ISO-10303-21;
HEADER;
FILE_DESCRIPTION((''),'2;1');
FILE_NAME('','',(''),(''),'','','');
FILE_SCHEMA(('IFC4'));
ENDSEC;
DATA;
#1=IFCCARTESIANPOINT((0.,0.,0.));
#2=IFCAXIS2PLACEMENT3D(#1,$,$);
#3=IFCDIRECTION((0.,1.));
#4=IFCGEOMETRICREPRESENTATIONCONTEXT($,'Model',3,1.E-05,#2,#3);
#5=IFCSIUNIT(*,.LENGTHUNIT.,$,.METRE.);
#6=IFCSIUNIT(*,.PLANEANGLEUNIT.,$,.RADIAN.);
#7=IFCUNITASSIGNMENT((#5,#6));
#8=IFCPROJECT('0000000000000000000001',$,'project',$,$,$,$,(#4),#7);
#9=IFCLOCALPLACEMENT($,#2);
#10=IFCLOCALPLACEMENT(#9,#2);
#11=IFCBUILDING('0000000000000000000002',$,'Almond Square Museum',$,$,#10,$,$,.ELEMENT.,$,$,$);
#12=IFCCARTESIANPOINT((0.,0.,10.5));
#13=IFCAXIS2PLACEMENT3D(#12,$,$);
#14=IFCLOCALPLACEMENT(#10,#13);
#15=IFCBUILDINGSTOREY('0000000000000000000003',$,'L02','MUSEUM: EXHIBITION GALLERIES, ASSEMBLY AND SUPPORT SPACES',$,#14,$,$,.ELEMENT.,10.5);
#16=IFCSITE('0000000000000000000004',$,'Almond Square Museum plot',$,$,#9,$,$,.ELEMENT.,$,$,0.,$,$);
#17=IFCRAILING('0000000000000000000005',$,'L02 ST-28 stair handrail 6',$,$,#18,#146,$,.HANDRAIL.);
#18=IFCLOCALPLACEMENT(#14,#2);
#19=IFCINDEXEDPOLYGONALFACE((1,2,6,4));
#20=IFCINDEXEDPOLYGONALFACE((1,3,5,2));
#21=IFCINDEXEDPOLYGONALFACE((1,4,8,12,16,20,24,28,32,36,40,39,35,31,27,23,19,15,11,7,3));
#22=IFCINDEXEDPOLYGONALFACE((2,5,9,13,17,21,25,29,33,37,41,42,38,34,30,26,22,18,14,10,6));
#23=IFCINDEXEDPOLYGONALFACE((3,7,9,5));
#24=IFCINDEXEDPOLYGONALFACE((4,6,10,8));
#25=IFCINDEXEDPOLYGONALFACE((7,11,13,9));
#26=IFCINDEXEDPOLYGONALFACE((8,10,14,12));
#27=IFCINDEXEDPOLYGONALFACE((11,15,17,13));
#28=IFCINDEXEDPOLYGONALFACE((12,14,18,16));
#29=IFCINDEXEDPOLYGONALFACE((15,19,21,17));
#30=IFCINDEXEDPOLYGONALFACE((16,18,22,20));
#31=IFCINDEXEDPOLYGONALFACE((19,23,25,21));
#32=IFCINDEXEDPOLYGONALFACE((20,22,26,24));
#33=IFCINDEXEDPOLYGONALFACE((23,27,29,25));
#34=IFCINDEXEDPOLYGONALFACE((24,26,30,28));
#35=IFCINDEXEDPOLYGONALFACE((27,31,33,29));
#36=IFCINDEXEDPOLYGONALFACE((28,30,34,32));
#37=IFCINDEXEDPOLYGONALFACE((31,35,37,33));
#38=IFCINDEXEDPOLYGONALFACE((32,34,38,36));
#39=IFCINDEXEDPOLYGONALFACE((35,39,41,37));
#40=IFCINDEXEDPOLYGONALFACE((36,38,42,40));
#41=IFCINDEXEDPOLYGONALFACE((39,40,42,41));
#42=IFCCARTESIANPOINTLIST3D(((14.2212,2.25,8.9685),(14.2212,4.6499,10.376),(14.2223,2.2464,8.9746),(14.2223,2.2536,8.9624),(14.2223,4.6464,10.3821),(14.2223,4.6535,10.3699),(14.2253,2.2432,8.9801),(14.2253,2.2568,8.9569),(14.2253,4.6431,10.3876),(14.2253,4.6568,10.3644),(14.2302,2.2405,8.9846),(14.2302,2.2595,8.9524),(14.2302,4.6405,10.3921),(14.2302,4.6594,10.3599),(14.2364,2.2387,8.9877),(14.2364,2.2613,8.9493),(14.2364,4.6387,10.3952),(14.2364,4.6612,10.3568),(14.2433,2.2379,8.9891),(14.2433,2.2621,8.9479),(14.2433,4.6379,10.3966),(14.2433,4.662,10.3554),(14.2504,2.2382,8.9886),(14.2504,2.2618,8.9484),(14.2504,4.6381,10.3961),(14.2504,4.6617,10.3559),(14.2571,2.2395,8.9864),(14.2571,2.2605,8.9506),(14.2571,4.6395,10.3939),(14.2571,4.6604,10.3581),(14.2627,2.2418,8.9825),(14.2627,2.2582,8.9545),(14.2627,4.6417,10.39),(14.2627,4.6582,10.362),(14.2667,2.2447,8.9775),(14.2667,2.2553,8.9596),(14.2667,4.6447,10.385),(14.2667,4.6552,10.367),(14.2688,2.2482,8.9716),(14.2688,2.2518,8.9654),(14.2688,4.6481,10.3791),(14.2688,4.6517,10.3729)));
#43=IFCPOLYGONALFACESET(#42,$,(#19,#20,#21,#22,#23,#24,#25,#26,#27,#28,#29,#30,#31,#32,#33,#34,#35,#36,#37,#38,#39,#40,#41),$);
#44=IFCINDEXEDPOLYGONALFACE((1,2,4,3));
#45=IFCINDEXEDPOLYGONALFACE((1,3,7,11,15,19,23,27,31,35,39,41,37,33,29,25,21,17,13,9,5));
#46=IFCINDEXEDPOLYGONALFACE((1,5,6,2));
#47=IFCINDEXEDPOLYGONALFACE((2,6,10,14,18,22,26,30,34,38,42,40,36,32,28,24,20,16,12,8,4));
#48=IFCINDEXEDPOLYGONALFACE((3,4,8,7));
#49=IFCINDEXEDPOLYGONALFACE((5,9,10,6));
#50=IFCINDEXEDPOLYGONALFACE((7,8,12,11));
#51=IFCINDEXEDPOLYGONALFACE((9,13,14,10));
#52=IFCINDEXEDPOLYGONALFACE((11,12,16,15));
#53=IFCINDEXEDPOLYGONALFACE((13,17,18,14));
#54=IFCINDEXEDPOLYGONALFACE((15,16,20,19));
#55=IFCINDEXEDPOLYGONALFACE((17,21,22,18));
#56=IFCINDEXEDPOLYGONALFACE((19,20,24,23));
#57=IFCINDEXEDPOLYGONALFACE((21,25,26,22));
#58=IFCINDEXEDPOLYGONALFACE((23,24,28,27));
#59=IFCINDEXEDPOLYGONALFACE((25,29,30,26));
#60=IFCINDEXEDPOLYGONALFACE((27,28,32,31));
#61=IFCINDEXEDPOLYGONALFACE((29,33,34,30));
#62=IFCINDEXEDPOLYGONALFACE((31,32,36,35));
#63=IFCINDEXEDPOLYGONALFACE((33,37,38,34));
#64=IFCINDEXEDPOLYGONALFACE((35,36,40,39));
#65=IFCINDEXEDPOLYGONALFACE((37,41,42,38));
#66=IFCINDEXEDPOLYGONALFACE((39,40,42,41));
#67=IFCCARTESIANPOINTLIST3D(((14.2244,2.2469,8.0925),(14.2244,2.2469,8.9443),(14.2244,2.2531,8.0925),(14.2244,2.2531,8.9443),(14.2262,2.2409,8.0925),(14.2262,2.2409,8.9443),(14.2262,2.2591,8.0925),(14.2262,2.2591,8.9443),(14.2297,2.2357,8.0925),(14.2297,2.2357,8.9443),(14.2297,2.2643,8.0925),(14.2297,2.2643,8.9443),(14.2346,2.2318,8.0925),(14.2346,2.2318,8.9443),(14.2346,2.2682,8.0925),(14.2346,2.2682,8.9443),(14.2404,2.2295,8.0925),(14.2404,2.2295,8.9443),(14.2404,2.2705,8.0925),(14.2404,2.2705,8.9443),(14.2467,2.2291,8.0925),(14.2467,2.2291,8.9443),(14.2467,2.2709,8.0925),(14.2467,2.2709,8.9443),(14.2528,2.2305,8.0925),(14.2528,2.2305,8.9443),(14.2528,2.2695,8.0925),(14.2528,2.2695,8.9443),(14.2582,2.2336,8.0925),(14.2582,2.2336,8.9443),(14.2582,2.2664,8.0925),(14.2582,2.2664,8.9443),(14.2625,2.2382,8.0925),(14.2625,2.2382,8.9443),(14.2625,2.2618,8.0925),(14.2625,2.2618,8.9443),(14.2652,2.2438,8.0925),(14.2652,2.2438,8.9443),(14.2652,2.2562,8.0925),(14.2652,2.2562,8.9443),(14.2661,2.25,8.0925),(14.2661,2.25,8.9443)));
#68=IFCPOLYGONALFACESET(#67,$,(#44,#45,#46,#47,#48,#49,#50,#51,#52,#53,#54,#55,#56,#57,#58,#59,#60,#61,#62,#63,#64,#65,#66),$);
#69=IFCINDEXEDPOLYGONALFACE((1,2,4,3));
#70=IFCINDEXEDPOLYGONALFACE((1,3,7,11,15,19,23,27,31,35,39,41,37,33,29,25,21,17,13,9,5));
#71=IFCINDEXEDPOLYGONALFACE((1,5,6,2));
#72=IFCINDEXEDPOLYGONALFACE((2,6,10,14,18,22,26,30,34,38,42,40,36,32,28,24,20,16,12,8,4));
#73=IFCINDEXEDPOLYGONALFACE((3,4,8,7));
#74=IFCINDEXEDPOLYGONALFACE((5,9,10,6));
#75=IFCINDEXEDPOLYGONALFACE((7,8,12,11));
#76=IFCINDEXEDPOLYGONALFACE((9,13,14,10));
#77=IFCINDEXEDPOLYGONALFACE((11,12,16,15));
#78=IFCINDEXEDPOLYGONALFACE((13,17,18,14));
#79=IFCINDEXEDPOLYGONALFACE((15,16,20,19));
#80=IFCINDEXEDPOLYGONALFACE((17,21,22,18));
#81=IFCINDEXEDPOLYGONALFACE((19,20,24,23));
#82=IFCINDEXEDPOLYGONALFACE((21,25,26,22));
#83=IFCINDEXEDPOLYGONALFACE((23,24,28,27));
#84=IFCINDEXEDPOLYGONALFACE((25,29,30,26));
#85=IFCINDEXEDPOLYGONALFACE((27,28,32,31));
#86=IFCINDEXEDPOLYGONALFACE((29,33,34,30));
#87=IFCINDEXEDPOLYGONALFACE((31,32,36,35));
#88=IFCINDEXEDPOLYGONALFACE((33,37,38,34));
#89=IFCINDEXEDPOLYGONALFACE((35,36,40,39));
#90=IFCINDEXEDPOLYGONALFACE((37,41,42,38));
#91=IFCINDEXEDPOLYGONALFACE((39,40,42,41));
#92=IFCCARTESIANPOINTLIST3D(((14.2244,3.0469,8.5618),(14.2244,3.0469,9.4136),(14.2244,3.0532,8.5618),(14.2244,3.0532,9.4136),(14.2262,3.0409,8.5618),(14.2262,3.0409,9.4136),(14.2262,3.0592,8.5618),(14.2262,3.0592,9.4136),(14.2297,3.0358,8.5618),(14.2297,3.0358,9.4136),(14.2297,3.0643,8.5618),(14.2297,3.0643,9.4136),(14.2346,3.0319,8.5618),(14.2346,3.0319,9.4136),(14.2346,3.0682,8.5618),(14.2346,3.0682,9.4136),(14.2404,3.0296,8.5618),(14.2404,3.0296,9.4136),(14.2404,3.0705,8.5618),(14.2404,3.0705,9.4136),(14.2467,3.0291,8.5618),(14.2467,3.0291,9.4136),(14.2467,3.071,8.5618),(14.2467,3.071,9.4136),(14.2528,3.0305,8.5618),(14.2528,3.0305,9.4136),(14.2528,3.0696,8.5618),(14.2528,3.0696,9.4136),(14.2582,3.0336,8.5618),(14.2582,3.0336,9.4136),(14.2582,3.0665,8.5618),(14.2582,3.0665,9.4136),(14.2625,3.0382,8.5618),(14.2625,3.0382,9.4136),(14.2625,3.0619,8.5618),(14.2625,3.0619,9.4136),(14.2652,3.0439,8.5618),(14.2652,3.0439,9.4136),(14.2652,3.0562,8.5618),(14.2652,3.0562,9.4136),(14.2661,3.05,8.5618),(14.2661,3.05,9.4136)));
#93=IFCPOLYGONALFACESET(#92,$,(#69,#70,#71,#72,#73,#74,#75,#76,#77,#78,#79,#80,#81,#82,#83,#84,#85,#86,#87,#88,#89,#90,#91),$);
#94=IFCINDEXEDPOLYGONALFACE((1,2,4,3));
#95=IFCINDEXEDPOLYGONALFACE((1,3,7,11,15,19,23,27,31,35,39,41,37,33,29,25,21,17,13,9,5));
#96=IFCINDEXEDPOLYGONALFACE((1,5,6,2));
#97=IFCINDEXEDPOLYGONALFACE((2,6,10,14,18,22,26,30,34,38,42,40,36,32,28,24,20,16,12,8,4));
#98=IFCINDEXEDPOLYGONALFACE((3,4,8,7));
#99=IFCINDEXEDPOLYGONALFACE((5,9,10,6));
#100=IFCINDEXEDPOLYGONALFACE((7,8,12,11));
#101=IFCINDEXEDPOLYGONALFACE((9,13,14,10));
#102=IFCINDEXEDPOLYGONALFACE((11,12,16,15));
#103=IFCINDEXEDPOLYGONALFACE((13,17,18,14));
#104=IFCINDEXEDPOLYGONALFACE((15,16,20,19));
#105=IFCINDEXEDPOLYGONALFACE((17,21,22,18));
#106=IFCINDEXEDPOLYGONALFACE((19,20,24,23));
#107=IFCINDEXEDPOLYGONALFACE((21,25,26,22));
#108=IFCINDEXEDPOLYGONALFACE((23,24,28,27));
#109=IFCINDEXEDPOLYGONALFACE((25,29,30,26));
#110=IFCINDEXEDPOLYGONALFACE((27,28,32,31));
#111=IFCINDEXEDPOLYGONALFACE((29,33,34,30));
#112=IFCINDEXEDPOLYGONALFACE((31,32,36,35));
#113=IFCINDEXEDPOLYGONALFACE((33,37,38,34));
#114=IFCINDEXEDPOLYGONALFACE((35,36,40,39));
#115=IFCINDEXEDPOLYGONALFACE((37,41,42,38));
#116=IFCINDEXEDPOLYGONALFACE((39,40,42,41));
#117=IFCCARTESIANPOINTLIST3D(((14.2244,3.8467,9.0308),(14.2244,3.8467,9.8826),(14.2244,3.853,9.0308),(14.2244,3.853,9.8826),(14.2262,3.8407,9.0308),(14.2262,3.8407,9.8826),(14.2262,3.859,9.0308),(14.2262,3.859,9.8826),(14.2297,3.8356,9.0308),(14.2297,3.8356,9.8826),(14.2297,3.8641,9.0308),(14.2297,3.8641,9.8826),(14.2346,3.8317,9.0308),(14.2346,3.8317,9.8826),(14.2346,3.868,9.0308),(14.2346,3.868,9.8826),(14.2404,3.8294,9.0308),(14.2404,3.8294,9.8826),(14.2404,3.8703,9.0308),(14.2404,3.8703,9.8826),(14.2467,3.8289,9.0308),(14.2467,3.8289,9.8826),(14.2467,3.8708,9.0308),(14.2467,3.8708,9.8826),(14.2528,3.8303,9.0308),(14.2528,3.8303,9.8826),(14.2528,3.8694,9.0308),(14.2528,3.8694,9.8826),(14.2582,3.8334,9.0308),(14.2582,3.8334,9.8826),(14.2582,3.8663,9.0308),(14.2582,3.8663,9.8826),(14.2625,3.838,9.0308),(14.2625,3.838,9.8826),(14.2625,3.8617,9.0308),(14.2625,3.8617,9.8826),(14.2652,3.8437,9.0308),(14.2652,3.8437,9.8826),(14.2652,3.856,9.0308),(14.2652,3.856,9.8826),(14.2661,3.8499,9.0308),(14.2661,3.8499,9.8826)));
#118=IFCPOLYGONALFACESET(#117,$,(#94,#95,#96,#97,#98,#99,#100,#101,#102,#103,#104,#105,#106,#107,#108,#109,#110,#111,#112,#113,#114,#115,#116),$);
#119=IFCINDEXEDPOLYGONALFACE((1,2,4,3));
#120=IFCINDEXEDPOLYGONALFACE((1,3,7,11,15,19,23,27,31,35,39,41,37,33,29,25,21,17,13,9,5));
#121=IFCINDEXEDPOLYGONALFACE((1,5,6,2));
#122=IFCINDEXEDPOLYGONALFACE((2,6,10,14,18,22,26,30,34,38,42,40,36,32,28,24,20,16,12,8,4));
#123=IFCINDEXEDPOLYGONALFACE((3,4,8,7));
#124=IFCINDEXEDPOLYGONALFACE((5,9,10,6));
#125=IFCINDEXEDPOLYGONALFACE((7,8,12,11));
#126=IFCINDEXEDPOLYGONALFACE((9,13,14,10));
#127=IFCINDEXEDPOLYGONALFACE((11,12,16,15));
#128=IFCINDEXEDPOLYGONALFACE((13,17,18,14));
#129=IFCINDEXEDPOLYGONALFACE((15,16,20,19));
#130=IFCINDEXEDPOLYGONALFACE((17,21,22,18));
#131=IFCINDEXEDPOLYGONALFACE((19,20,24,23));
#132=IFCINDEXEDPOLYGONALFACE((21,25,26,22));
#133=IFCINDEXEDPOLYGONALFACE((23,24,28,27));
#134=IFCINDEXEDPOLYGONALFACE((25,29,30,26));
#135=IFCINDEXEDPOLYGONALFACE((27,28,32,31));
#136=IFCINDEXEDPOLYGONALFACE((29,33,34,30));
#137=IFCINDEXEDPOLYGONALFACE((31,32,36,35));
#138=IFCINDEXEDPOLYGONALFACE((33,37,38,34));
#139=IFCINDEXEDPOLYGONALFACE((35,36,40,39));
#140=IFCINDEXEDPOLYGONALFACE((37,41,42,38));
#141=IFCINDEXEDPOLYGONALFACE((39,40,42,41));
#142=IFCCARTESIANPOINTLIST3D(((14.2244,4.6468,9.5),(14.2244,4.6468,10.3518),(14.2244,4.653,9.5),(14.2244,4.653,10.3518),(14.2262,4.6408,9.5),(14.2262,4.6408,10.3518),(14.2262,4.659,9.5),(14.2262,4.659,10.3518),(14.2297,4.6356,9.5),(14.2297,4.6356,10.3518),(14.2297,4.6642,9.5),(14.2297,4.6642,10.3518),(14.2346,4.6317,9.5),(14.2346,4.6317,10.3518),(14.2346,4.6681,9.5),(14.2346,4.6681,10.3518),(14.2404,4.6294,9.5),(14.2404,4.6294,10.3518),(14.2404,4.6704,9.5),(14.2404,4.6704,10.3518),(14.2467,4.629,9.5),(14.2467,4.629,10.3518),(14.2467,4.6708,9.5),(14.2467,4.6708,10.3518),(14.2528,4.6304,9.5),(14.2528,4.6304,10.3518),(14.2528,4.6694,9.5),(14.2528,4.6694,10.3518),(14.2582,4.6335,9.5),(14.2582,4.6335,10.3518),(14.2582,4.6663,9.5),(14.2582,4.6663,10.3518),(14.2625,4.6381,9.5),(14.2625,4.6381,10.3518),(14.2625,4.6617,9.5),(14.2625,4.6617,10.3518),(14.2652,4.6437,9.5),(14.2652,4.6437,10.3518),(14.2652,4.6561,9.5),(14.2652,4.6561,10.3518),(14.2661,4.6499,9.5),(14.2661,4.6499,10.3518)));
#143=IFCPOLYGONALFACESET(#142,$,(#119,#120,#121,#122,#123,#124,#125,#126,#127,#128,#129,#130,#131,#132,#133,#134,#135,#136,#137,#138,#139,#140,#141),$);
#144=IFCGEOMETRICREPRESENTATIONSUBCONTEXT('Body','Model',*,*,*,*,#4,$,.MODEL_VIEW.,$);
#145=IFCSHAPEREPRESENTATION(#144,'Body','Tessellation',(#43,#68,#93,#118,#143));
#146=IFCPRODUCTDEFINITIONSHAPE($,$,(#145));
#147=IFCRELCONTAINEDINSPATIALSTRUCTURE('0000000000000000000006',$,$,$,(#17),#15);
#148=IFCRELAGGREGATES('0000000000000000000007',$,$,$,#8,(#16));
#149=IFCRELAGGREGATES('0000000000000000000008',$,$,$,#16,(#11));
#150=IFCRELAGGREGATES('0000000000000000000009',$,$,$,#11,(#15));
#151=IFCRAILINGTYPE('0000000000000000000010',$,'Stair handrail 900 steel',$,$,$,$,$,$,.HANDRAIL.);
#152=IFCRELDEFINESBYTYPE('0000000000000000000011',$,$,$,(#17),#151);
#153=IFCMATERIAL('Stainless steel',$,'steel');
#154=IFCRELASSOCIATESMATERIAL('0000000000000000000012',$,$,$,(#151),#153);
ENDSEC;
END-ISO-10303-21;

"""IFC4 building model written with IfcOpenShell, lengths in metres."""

from ifc_helpers import new_model, si_unit, direction, frame, origin, origin_2d, place, context, subcontext, project, spatial, circle, extrude, material, type_object, element, save


model = new_model("IFC4")

# Units and contexts
model_context = context("Model", 3, precision=1e-05, world=origin(), true_north=direction((0.0, 1.0)))
body_context = subcontext(model_context, "Body", "Model", "MODEL_VIEW")
ifc_project = project(units=[si_unit("LENGTHUNIT", "METRE"), si_unit("PLANEANGLEUNIT", "RADIAN")], contexts=[model_context])

# Site, building, storey
site_placement = place(None, origin())
site = spatial("IfcSite", under=ifc_project, at=site_placement, Name="Almond Square Museum plot", CompositionType="ELEMENT", RefElevation=0.0)
building_placement = place(site_placement, origin())
building = spatial("IfcBuilding", under=site, at=building_placement, Name="Almond Square Museum", CompositionType="ELEMENT")
storey_placement = place(building_placement, frame((0.0, 0.0, 10.5)))
storey = spatial("IfcBuildingStorey", under=building, at=storey_placement, Name="L02", Description="MUSEUM: EXHIBITION GALLERIES, ASSEMBLY AND SUPPORT SPACES", CompositionType="ELEMENT", Elevation=10.5)

# Railing
ifc_material_1 = material(Name="Stainless steel", Category="steel")
railing_type_1 = type_object("IfcRailingType", Name="Stair handrail 900 steel", PredefinedType="HANDRAIL", material=ifc_material_1)
railing_1_placement = place(storey_placement, frame((14.2451, 2.25, 8.0925)))
element("IfcRailing", 1, at=railing_1_placement, inside=storey, type_object=railing_type_1, Name="L02 ST-28 stair handrail 6", PredefinedType="HANDRAIL", context=body_context, shape_type="SweptSolid", body=[
    extrude(circle(Radius=0.0239, at=origin_2d()), frame((0.0, 0.0, 0.876), z_axis=(0.0, 0.862599, 0.505888), x_axis=(-1.0, 0.0, 0.0)), (0.0, 0.0, 1.0), 2.7822),
    extrude(circle(Radius=0.021, at=origin_2d()), origin(), (0.0, 0.0, 1.0), 0.8518),
    extrude(circle(Radius=0.021, at=origin_2d()), frame((0.0, 0.8, 0.4692)), (0.0, 0.0, 1.0), 0.8518),
    extrude(circle(Radius=0.021, at=origin_2d()), frame((0.0, 1.5999, 0.9382)), (0.0, 0.0, 1.0), 0.8518),
    extrude(circle(Radius=0.021, at=origin_2d()), frame((0.0, 2.3999, 1.4075)), (0.0, 0.0, 1.0), 0.8518),
])

save(model, "model.ifc")
